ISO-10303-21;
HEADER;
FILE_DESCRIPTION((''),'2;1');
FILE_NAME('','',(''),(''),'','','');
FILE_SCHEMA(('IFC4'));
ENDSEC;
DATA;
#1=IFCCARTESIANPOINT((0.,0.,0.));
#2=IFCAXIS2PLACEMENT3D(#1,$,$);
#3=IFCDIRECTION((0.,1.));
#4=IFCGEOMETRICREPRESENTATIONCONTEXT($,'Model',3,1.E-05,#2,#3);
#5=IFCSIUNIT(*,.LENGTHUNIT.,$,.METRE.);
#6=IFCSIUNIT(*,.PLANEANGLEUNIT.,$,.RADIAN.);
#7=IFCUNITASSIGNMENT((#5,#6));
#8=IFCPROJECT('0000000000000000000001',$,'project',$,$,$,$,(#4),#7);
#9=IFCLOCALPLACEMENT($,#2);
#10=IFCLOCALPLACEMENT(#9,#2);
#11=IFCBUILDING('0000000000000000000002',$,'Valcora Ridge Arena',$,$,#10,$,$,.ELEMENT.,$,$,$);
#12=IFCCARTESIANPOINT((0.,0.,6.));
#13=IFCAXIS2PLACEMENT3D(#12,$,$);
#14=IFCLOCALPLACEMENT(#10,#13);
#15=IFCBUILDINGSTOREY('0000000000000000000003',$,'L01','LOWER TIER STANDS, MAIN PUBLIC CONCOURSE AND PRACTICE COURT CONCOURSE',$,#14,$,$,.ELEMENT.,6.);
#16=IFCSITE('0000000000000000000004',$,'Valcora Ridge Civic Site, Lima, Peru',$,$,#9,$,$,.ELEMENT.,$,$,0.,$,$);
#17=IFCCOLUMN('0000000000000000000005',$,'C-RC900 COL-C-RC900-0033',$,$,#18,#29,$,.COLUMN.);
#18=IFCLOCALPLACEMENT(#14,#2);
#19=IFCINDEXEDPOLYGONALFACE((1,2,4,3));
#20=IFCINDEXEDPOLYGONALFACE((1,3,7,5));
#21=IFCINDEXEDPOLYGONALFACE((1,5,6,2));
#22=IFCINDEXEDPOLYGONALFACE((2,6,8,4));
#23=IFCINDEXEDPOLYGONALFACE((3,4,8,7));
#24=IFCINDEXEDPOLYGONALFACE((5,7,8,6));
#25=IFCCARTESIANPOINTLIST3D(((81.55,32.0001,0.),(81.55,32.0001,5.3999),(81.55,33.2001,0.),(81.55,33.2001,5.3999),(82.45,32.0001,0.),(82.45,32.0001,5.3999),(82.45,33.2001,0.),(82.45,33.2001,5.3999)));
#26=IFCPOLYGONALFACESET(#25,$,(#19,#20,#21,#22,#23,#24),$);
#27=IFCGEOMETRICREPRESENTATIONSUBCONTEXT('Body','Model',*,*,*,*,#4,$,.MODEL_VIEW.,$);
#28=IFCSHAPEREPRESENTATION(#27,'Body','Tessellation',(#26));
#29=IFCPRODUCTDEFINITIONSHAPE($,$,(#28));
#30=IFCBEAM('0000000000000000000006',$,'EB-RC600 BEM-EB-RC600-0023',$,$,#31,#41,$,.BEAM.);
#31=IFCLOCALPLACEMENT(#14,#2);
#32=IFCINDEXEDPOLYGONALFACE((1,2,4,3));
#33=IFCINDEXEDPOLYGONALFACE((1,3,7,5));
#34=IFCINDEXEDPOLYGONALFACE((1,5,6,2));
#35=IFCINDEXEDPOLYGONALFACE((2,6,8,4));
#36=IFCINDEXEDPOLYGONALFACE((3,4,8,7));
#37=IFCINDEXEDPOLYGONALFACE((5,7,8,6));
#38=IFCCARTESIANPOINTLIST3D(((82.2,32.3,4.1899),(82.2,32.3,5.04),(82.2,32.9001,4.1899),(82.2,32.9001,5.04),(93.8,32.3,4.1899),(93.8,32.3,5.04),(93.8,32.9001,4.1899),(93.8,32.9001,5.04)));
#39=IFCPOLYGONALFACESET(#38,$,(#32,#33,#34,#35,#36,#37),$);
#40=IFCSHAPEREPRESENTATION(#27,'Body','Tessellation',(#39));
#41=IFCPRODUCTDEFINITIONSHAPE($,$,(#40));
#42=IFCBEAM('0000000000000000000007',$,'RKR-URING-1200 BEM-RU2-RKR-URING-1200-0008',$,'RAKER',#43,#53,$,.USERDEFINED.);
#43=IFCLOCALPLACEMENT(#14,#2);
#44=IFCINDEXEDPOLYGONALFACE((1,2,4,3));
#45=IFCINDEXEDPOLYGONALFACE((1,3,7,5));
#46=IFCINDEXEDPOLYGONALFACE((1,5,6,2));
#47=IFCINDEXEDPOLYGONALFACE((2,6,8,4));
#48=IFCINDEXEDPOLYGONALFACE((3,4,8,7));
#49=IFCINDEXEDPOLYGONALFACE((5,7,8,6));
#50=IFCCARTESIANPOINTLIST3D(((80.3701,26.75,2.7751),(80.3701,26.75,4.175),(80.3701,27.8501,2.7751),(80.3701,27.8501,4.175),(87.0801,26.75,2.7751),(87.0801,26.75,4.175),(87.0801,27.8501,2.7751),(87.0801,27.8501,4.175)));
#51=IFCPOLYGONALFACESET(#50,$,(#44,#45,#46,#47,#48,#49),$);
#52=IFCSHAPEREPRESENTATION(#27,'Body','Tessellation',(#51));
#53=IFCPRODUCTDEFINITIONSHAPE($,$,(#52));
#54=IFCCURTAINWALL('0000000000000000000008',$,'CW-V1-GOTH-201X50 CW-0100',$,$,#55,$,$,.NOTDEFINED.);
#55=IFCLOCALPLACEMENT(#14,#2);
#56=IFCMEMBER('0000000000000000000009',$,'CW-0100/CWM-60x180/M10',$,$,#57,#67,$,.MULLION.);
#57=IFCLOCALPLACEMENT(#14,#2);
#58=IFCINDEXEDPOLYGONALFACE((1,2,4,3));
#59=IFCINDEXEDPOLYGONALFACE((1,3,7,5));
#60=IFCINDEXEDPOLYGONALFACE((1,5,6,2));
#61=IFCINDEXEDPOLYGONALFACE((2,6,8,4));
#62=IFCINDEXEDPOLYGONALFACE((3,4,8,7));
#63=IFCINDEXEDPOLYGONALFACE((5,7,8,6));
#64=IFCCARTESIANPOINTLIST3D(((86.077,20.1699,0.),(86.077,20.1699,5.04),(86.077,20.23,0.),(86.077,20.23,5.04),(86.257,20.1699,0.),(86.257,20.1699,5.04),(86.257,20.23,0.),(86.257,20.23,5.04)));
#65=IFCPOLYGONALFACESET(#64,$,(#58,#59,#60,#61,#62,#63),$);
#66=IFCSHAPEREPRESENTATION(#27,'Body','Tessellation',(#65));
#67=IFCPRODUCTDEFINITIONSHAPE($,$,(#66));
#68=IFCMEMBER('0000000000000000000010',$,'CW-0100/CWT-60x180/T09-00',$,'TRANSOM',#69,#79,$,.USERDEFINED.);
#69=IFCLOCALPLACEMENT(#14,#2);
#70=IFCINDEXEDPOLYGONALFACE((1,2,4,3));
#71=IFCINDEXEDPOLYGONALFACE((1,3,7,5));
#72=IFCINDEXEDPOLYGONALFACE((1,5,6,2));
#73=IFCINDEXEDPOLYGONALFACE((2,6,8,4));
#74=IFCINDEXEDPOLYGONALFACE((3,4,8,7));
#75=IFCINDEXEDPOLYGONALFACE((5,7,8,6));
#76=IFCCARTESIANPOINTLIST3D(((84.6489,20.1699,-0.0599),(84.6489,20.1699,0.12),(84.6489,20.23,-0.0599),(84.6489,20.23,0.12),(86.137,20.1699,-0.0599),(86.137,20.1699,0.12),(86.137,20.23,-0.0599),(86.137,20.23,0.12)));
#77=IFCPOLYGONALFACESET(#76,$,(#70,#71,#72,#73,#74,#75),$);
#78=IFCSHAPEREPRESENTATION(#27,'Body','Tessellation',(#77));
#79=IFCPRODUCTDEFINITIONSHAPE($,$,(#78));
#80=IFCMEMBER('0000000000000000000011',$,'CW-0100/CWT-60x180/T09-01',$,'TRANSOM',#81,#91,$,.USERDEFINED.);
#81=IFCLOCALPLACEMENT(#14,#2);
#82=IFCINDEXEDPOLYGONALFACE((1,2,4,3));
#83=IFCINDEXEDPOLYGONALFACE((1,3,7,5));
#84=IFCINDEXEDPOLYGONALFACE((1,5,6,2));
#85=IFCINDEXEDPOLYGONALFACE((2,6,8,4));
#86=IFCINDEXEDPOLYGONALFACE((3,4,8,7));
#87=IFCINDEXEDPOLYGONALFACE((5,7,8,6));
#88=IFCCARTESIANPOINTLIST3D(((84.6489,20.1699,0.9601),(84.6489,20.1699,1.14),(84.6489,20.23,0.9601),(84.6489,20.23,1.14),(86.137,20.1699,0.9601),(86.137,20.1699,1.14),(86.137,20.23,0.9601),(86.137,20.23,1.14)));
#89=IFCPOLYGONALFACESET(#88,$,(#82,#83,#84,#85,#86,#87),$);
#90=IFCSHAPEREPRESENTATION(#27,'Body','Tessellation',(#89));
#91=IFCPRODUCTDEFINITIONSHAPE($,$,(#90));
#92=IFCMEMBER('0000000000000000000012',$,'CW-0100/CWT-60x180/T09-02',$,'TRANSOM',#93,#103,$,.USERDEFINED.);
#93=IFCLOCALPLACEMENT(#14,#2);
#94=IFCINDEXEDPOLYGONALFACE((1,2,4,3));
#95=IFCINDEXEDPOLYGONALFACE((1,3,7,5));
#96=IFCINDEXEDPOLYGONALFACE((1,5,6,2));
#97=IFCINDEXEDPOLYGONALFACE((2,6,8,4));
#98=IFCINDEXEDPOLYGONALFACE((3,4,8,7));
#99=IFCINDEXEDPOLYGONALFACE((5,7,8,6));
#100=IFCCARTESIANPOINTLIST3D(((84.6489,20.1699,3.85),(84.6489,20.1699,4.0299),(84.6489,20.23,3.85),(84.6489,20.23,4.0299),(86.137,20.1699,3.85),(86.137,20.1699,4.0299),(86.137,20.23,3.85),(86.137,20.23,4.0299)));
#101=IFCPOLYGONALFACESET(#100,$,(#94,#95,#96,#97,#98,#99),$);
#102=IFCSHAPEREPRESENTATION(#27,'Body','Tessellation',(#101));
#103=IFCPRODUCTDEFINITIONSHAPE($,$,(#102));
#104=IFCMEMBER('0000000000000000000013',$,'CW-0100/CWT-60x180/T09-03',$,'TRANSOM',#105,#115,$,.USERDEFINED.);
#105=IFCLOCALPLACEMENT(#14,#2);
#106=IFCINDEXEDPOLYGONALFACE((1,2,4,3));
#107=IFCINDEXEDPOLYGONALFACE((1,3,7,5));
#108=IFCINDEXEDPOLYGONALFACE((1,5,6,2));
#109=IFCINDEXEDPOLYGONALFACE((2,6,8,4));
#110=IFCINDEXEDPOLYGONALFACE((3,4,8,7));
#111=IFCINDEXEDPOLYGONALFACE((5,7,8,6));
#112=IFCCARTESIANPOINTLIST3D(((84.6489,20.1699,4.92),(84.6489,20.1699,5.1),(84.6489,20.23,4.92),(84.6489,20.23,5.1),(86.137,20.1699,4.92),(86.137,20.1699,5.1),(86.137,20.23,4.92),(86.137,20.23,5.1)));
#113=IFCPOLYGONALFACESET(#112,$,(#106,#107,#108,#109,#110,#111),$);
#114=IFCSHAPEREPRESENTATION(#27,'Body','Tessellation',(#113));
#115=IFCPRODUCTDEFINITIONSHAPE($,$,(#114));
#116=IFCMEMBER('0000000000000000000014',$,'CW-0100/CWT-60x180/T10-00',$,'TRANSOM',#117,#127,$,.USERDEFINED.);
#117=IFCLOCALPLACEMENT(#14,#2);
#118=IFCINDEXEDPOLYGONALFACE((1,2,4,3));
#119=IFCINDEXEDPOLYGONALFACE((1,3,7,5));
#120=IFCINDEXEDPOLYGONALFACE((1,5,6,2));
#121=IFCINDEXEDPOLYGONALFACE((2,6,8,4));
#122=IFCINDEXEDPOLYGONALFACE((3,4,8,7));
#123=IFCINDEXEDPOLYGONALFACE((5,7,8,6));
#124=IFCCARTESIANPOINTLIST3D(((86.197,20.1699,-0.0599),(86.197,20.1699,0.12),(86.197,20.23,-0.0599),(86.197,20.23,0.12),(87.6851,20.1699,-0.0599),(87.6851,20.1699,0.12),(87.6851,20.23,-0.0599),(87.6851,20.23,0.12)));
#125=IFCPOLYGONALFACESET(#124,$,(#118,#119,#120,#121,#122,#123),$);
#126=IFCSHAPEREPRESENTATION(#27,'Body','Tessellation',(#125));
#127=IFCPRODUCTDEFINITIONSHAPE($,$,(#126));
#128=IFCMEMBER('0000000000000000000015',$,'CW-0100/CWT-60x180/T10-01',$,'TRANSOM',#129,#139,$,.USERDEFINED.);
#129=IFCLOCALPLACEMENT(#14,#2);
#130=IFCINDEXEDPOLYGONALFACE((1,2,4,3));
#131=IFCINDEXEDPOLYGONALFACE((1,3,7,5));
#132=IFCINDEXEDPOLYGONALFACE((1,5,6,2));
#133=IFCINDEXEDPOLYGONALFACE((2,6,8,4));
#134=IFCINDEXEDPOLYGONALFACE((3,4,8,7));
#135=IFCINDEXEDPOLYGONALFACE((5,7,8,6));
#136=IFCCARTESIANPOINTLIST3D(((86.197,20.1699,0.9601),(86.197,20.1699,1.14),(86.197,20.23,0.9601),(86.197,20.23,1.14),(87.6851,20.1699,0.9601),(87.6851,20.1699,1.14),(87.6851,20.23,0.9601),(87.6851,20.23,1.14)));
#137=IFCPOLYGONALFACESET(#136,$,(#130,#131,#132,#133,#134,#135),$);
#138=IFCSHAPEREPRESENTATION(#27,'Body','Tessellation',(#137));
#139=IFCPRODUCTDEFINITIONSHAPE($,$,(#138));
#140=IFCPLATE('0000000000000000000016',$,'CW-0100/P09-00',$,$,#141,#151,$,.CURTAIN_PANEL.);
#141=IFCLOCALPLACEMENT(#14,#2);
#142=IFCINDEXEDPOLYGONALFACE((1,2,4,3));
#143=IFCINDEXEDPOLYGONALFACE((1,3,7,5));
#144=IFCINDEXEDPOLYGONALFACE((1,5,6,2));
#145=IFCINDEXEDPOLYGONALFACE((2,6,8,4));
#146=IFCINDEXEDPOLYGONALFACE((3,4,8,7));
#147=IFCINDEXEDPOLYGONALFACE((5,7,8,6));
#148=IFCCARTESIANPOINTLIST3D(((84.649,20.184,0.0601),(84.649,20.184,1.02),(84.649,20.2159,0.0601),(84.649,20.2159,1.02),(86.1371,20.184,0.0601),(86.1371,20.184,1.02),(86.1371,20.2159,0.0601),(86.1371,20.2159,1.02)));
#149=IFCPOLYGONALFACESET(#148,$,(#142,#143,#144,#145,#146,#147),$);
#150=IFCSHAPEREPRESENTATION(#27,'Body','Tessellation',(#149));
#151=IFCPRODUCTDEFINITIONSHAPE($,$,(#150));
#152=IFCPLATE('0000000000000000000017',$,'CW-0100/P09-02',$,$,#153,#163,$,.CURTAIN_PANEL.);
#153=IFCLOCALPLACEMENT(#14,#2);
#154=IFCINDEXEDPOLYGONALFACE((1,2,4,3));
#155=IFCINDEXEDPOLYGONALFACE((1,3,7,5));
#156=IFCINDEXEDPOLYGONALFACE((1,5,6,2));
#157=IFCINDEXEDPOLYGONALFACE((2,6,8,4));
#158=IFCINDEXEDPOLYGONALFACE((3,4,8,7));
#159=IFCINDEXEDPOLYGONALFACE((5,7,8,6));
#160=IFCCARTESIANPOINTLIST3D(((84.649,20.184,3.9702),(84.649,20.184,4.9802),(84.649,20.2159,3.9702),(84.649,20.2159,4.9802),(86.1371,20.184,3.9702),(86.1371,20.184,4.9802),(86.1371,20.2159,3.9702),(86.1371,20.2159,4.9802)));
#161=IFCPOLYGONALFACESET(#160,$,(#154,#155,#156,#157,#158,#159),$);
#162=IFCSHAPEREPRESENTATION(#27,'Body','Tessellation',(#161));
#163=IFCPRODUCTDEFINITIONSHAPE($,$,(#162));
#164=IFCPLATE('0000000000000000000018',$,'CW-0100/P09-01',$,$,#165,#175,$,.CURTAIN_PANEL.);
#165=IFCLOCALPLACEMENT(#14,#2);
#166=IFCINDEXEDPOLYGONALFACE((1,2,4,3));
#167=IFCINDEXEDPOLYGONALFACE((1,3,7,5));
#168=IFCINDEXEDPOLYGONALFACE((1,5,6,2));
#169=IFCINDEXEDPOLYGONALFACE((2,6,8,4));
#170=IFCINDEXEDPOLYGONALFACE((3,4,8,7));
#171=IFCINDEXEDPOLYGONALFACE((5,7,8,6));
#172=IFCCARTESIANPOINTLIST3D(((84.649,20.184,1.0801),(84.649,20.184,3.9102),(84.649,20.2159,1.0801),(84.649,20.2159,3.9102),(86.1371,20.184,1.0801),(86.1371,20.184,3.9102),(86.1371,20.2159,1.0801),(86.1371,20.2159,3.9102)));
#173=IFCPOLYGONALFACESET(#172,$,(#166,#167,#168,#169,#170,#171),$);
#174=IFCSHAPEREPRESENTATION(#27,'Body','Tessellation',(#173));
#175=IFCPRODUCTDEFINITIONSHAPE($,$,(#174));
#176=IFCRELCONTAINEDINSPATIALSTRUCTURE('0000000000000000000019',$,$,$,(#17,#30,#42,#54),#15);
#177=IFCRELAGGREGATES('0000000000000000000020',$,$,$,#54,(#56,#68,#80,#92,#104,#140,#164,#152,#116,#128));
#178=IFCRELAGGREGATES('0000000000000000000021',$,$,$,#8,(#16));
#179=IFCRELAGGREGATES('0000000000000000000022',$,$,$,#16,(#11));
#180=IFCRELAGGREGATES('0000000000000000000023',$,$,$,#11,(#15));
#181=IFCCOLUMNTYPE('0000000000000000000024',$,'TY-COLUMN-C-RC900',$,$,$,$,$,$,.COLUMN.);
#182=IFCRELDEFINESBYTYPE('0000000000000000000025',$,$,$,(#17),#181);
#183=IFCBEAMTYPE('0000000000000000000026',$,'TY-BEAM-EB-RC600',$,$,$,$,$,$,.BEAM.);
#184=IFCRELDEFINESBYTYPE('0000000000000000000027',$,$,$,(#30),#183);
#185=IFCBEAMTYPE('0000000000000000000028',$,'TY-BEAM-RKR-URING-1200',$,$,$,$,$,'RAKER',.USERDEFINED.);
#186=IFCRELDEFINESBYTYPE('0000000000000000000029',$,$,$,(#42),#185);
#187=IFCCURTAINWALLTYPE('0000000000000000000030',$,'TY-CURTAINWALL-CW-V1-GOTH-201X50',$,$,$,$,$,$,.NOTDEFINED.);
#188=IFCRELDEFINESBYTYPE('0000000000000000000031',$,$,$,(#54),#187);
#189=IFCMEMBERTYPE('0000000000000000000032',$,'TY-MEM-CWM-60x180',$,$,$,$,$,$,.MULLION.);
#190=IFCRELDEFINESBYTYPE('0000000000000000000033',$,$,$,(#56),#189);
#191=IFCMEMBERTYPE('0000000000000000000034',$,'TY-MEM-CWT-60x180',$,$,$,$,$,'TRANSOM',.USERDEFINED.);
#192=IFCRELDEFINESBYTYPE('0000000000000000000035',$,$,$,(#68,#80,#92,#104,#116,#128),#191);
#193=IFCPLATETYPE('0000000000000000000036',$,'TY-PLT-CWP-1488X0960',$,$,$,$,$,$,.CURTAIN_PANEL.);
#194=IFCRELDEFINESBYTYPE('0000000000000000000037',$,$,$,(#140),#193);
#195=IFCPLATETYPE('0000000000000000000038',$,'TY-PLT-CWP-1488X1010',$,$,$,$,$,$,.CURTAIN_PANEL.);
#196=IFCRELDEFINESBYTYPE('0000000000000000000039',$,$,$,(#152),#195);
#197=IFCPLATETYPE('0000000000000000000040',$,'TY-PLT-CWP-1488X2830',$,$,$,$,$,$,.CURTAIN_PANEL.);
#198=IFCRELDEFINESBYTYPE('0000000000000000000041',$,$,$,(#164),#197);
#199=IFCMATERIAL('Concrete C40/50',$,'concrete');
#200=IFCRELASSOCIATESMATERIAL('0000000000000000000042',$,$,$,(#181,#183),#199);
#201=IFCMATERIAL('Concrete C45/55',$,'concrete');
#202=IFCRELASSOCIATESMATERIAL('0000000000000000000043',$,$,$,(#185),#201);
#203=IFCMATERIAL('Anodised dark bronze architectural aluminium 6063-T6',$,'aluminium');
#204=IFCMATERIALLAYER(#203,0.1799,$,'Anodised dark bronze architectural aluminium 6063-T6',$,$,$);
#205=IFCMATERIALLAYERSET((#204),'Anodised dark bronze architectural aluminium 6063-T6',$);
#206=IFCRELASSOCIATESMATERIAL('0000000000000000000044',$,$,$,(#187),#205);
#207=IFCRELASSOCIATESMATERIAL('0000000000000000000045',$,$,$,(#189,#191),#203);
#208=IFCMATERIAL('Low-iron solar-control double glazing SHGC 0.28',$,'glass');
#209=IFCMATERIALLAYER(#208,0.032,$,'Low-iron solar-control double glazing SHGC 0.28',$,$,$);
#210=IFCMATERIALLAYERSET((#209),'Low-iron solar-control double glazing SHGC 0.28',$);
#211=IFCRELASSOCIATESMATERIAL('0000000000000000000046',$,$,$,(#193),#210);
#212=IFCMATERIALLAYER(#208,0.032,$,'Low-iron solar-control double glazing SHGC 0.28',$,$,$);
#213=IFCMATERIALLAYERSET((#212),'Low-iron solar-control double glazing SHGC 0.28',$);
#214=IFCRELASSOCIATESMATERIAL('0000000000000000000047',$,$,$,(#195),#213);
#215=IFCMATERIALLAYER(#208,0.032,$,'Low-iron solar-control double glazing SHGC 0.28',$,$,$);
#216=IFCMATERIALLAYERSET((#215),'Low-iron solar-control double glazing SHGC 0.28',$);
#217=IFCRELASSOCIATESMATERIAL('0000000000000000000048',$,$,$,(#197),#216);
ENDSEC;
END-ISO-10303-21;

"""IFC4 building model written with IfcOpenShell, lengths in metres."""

from ifc_helpers import new_model, si_unit, direction, frame, origin, origin_2d, place, context, subcontext, project, spatial, rectangle, extrude, material, layer, layer_set, material_profile, profile_set, type_object, element, aggregate, save


model = new_model("IFC4")

# Units and contexts
model_context = context("Model", 3, precision=1e-05, world=origin(), true_north=direction((0.0, 1.0)))
body_context = subcontext(model_context, "Body", "Model", "MODEL_VIEW")
ifc_project = project(units=[si_unit("LENGTHUNIT", "METRE"), si_unit("PLANEANGLEUNIT", "RADIAN")], contexts=[model_context])

# Site, building, storey
site_placement = place(None, origin())
site = spatial("IfcSite", under=ifc_project, at=site_placement, Name="Valcora Ridge Civic Site, Lima, Peru", CompositionType="ELEMENT", RefElevation=0.0)
building_placement = place(site_placement, origin())
building = spatial("IfcBuilding", under=site, at=building_placement, Name="Valcora Ridge Arena", CompositionType="ELEMENT")
storey_placement = place(building_placement, frame((0.0, 0.0, 6.0)))
storey = spatial("IfcBuildingStorey", under=building, at=storey_placement, Name="L01", Description="LOWER TIER STANDS, MAIN PUBLIC CONCOURSE AND PRACTICE COURT CONCOURSE", CompositionType="ELEMENT", Elevation=6.0)

# Column
ifc_material_1 = material(Name="Concrete C40/50", Category="concrete")
ifc_material_profile_1 = material_profile(ifc_material_1, rectangle(XDim=0.8999, YDim=1.2, at=origin_2d()), Name="RC 900x1200")
ifc_profile_set_1 = profile_set([ifc_material_profile_1], Name="Concrete C40/50")
column_type = type_object("IfcColumnType", Name="TY-COLUMN-C-RC900", PredefinedType="COLUMN", material=ifc_profile_set_1)
column_placement = place(storey_placement, frame((82.0, 32.6001, 0.0), z_axis=(0.0, 0.0, 1.0), x_axis=(1.0, 0.0, 0.0)))
element("IfcColumn", 1, at=column_placement, inside=storey, type_object=column_type, Name="C-RC900 COL-C-RC900-0033", PredefinedType="COLUMN", context=body_context, shape_type="SweptSolid", body=[
    extrude(rectangle(XDim=0.8999, YDim=1.2, at=origin_2d()), origin(), (0.0, 0.0, 1.0), 5.3999),
])

# Beams
ifc_material_profile_2 = material_profile(ifc_material_1, rectangle(XDim=0.6001, YDim=0.8501, at=origin_2d()), Name="RC 600x850")
ifc_profile_set_2 = profile_set([ifc_material_profile_2], Name="Concrete C40/50")
beam_type_1 = type_object("IfcBeamType", Name="TY-BEAM-EB-RC600", PredefinedType="BEAM", material=ifc_profile_set_2)
beam_1_placement = place(storey_placement, frame((82.2, 32.6001, 4.615), z_axis=(1.0, 0.0, 0.0), x_axis=(0.0, 1.0, 0.0)))
element("IfcBeam", 2, at=beam_1_placement, inside=storey, type_object=beam_type_1, Name="EB-RC600 BEM-EB-RC600-0023", PredefinedType="BEAM", context=body_context, shape_type="SweptSolid", body=[
    extrude(rectangle(XDim=0.6001, YDim=0.8501, at=origin_2d()), origin(), (0.0, 0.0, 1.0), 11.6001),
])
ifc_material_2 = material(Name="Concrete C45/55", Category="concrete")
ifc_material_profile_3 = material_profile(ifc_material_2, rectangle(XDim=1.1001, YDim=1.3999, at=origin_2d()), Name="RC 1100x1400")
ifc_profile_set_3 = profile_set([ifc_material_profile_3], Name="Concrete C45/55")
beam_type_2 = type_object("IfcBeamType", Name="TY-BEAM-RKR-URING-1200", ElementType="RAKER", PredefinedType="USERDEFINED", material=ifc_profile_set_3)
beam_2_placement = place(storey_placement, frame((80.3701, 27.3, 3.4751), z_axis=(1.0, 0.0, 0.0), x_axis=(0.0, 1.0, 0.0)))
element("IfcBeam", 3, at=beam_2_placement, inside=storey, type_object=beam_type_2, Name="RKR-URING-1200 BEM-RU2-RKR-URING-1200-0008", ObjectType="RAKER", PredefinedType="USERDEFINED", context=body_context, shape_type="SweptSolid", body=[
    extrude(rectangle(XDim=1.1001, YDim=1.3999, at=origin_2d()), origin(), (0.0, 0.0, 1.0), 6.71),
])

# Curtain wall, members, plates
ifc_material_3 = material(Name="Anodised dark bronze architectural aluminium 6063-T6", Category="aluminium")
ifc_layer_1 = layer(ifc_material_3, 0.1799, Name="Anodised dark bronze architectural aluminium 6063-T6")
ifc_layer_set_1 = layer_set([ifc_layer_1], Name="Anodised dark bronze architectural aluminium 6063-T6")
curtain_wall_type = type_object("IfcCurtainWallType", Name="TY-CURTAINWALL-CW-V1-GOTH-201X50", PredefinedType="NOTDEFINED", material=ifc_layer_set_1)
curtain_wall_placement = place(storey_placement, origin())
curtain_wall = element("IfcCurtainWall", 4, at=curtain_wall_placement, inside=storey, type_object=curtain_wall_type, Name="CW-V1-GOTH-201X50 CW-0100", PredefinedType="NOTDEFINED")
ifc_material_profile_4 = material_profile(ifc_material_3, rectangle(XDim=0.0601, YDim=0.1799, at=origin_2d()), Name="ALU MULLION 60x180")
ifc_profile_set_4 = profile_set([ifc_material_profile_4], Name="Anodised dark bronze architectural aluminium 6063-T6")
member_type_1 = type_object("IfcMemberType", Name="TY-MEM-CWM-60x180", PredefinedType="MULLION", material=ifc_profile_set_4)
member_1_placement = place(storey_placement, frame((86.167, 20.2, 0.0), z_axis=(0.0, 0.0, 1.0), x_axis=(0.0, 1.0, 0.0)))
member_1 = element("IfcMember", 5, at=member_1_placement, type_object=member_type_1, Name="CW-0100/CWM-60x180/M10", PredefinedType="MULLION", context=body_context, shape_type="SweptSolid", body=[
    extrude(rectangle(XDim=0.0601, YDim=0.1799, at=origin_2d()), origin(), (0.0, 0.0, 1.0), 5.04),
])
ifc_material_profile_5 = material_profile(ifc_material_3, rectangle(XDim=0.0601, YDim=0.1799, at=origin_2d()), Name="ALU TRANSOM 60x180")
ifc_profile_set_5 = profile_set([ifc_material_profile_5], Name="Anodised dark bronze architectural aluminium 6063-T6")
member_type_2 = type_object("IfcMemberType", Name="TY-MEM-CWT-60x180", ElementType="TRANSOM", PredefinedType="USERDEFINED", material=ifc_profile_set_5)
member_2_placement = place(storey_placement, frame((84.6489, 20.2, 0.03), z_axis=(1.0, 0.0, 0.0), x_axis=(0.0, 1.0, 0.0)))
member_2 = element("IfcMember", 6, at=member_2_placement, type_object=member_type_2, Name="CW-0100/CWT-60x180/T09-00", ObjectType="TRANSOM", PredefinedType="USERDEFINED", context=body_context, shape_type="SweptSolid", body=[
    extrude(rectangle(XDim=0.0601, YDim=0.1799, at=origin_2d()), origin(), (0.0, 0.0, 1.0), 1.488),
])
member_3_placement = place(storey_placement, frame((84.6489, 20.2, 1.05), z_axis=(1.0, 0.0, 0.0), x_axis=(0.0, 1.0, 0.0)))
member_3 = element("IfcMember", 7, at=member_3_placement, type_object=member_type_2, Name="CW-0100/CWT-60x180/T09-01", ObjectType="TRANSOM", PredefinedType="USERDEFINED", context=body_context, shape_type="SweptSolid", body=[
    extrude(rectangle(XDim=0.0601, YDim=0.1799, at=origin_2d()), origin(), (0.0, 0.0, 1.0), 1.488),
])
member_4_placement = place(storey_placement, frame((84.6489, 20.2, 3.9399), z_axis=(1.0, 0.0, 0.0), x_axis=(0.0, 1.0, 0.0)))
member_4 = element("IfcMember", 8, at=member_4_placement, type_object=member_type_2, Name="CW-0100/CWT-60x180/T09-02", ObjectType="TRANSOM", PredefinedType="USERDEFINED", context=body_context, shape_type="SweptSolid", body=[
    extrude(rectangle(XDim=0.0601, YDim=0.1799, at=origin_2d()), origin(), (0.0, 0.0, 1.0), 1.488),
])
member_5_placement = place(storey_placement, frame((84.6489, 20.2, 5.01), z_axis=(1.0, 0.0, 0.0), x_axis=(0.0, 1.0, 0.0)))
member_5 = element("IfcMember", 9, at=member_5_placement, type_object=member_type_2, Name="CW-0100/CWT-60x180/T09-03", ObjectType="TRANSOM", PredefinedType="USERDEFINED", context=body_context, shape_type="SweptSolid", body=[
    extrude(rectangle(XDim=0.0601, YDim=0.1799, at=origin_2d()), origin(), (0.0, 0.0, 1.0), 1.488),
])
member_6_placement = place(storey_placement, frame((86.197, 20.2, 0.03), z_axis=(1.0, 0.0, 0.0), x_axis=(0.0, 1.0, 0.0)))
member_6 = element("IfcMember", 10, at=member_6_placement, type_object=member_type_2, Name="CW-0100/CWT-60x180/T10-00", ObjectType="TRANSOM", PredefinedType="USERDEFINED", context=body_context, shape_type="SweptSolid", body=[
    extrude(rectangle(XDim=0.0601, YDim=0.1799, at=origin_2d()), origin(), (0.0, 0.0, 1.0), 1.488),
])
member_7_placement = place(storey_placement, frame((86.197, 20.2, 1.05), z_axis=(1.0, 0.0, 0.0), x_axis=(0.0, 1.0, 0.0)))
member_7 = element("IfcMember", 11, at=member_7_placement, type_object=member_type_2, Name="CW-0100/CWT-60x180/T10-01", ObjectType="TRANSOM", PredefinedType="USERDEFINED", context=body_context, shape_type="SweptSolid", body=[
    extrude(rectangle(XDim=0.0601, YDim=0.1799, at=origin_2d()), origin(), (0.0, 0.0, 1.0), 1.488),
])
ifc_material_4 = material(Name="Low-iron solar-control double glazing SHGC 0.28", Category="glass")
ifc_layer_2 = layer(ifc_material_4, 0.032, Name="Low-iron solar-control double glazing SHGC 0.28")
ifc_layer_set_2 = layer_set([ifc_layer_2], Name="Low-iron solar-control double glazing SHGC 0.28")
plate_type_1 = type_object("IfcPlateType", Name="TY-PLT-CWP-1488X0960", PredefinedType="CURTAIN_PANEL", material=ifc_layer_set_2)
plate_1_placement = place(storey_placement, frame((85.3931, 20.2, 0.0601), z_axis=(0.0, 0.0, 1.0), x_axis=(1.0, 0.0, 0.0)))
plate_1 = element("IfcPlate", 12, at=plate_1_placement, type_object=plate_type_1, Name="CW-0100/P09-00", PredefinedType="CURTAIN_PANEL", context=body_context, shape_type="SweptSolid", body=[
    extrude(rectangle(XDim=1.488, YDim=0.032, at=origin_2d()), origin(), (0.0, 0.0, 1.0), 0.96),
])
ifc_layer_3 = layer(ifc_material_4, 0.032, Name="Low-iron solar-control double glazing SHGC 0.28")
ifc_layer_set_3 = layer_set([ifc_layer_3], Name="Low-iron solar-control double glazing SHGC 0.28")
plate_type_2 = type_object("IfcPlateType", Name="TY-PLT-CWP-1488X1010", PredefinedType="CURTAIN_PANEL", material=ifc_layer_set_3)
plate_2_placement = place(storey_placement, frame((85.3931, 20.2, 3.9702), z_axis=(0.0, 0.0, 1.0), x_axis=(1.0, 0.0, 0.0)))
plate_2 = element("IfcPlate", 13, at=plate_2_placement, type_object=plate_type_2, Name="CW-0100/P09-02", PredefinedType="CURTAIN_PANEL", context=body_context, shape_type="SweptSolid", body=[
    extrude(rectangle(XDim=1.488, YDim=0.032, at=origin_2d()), origin(), (0.0, 0.0, 1.0), 1.01),
])
ifc_layer_4 = layer(ifc_material_4, 0.032, Name="Low-iron solar-control double glazing SHGC 0.28")
ifc_layer_set_4 = layer_set([ifc_layer_4], Name="Low-iron solar-control double glazing SHGC 0.28")
plate_type_3 = type_object("IfcPlateType", Name="TY-PLT-CWP-1488X2830", PredefinedType="CURTAIN_PANEL", material=ifc_layer_set_4)
plate_3_placement = place(storey_placement, frame((85.3931, 20.2, 1.0801), z_axis=(0.0, 0.0, 1.0), x_axis=(1.0, 0.0, 0.0)))
plate_3 = element("IfcPlate", 14, at=plate_3_placement, type_object=plate_type_3, Name="CW-0100/P09-01", PredefinedType="CURTAIN_PANEL", context=body_context, shape_type="SweptSolid", body=[
    extrude(rectangle(XDim=1.488, YDim=0.032, at=origin_2d()), origin(), (0.0, 0.0, 1.0), 2.8301),
])
aggregate(curtain_wall, [member_1, member_2, member_3, member_4, member_5, plate_1, plate_3, plate_2, member_6, member_7])

save(model, "model.ifc")
